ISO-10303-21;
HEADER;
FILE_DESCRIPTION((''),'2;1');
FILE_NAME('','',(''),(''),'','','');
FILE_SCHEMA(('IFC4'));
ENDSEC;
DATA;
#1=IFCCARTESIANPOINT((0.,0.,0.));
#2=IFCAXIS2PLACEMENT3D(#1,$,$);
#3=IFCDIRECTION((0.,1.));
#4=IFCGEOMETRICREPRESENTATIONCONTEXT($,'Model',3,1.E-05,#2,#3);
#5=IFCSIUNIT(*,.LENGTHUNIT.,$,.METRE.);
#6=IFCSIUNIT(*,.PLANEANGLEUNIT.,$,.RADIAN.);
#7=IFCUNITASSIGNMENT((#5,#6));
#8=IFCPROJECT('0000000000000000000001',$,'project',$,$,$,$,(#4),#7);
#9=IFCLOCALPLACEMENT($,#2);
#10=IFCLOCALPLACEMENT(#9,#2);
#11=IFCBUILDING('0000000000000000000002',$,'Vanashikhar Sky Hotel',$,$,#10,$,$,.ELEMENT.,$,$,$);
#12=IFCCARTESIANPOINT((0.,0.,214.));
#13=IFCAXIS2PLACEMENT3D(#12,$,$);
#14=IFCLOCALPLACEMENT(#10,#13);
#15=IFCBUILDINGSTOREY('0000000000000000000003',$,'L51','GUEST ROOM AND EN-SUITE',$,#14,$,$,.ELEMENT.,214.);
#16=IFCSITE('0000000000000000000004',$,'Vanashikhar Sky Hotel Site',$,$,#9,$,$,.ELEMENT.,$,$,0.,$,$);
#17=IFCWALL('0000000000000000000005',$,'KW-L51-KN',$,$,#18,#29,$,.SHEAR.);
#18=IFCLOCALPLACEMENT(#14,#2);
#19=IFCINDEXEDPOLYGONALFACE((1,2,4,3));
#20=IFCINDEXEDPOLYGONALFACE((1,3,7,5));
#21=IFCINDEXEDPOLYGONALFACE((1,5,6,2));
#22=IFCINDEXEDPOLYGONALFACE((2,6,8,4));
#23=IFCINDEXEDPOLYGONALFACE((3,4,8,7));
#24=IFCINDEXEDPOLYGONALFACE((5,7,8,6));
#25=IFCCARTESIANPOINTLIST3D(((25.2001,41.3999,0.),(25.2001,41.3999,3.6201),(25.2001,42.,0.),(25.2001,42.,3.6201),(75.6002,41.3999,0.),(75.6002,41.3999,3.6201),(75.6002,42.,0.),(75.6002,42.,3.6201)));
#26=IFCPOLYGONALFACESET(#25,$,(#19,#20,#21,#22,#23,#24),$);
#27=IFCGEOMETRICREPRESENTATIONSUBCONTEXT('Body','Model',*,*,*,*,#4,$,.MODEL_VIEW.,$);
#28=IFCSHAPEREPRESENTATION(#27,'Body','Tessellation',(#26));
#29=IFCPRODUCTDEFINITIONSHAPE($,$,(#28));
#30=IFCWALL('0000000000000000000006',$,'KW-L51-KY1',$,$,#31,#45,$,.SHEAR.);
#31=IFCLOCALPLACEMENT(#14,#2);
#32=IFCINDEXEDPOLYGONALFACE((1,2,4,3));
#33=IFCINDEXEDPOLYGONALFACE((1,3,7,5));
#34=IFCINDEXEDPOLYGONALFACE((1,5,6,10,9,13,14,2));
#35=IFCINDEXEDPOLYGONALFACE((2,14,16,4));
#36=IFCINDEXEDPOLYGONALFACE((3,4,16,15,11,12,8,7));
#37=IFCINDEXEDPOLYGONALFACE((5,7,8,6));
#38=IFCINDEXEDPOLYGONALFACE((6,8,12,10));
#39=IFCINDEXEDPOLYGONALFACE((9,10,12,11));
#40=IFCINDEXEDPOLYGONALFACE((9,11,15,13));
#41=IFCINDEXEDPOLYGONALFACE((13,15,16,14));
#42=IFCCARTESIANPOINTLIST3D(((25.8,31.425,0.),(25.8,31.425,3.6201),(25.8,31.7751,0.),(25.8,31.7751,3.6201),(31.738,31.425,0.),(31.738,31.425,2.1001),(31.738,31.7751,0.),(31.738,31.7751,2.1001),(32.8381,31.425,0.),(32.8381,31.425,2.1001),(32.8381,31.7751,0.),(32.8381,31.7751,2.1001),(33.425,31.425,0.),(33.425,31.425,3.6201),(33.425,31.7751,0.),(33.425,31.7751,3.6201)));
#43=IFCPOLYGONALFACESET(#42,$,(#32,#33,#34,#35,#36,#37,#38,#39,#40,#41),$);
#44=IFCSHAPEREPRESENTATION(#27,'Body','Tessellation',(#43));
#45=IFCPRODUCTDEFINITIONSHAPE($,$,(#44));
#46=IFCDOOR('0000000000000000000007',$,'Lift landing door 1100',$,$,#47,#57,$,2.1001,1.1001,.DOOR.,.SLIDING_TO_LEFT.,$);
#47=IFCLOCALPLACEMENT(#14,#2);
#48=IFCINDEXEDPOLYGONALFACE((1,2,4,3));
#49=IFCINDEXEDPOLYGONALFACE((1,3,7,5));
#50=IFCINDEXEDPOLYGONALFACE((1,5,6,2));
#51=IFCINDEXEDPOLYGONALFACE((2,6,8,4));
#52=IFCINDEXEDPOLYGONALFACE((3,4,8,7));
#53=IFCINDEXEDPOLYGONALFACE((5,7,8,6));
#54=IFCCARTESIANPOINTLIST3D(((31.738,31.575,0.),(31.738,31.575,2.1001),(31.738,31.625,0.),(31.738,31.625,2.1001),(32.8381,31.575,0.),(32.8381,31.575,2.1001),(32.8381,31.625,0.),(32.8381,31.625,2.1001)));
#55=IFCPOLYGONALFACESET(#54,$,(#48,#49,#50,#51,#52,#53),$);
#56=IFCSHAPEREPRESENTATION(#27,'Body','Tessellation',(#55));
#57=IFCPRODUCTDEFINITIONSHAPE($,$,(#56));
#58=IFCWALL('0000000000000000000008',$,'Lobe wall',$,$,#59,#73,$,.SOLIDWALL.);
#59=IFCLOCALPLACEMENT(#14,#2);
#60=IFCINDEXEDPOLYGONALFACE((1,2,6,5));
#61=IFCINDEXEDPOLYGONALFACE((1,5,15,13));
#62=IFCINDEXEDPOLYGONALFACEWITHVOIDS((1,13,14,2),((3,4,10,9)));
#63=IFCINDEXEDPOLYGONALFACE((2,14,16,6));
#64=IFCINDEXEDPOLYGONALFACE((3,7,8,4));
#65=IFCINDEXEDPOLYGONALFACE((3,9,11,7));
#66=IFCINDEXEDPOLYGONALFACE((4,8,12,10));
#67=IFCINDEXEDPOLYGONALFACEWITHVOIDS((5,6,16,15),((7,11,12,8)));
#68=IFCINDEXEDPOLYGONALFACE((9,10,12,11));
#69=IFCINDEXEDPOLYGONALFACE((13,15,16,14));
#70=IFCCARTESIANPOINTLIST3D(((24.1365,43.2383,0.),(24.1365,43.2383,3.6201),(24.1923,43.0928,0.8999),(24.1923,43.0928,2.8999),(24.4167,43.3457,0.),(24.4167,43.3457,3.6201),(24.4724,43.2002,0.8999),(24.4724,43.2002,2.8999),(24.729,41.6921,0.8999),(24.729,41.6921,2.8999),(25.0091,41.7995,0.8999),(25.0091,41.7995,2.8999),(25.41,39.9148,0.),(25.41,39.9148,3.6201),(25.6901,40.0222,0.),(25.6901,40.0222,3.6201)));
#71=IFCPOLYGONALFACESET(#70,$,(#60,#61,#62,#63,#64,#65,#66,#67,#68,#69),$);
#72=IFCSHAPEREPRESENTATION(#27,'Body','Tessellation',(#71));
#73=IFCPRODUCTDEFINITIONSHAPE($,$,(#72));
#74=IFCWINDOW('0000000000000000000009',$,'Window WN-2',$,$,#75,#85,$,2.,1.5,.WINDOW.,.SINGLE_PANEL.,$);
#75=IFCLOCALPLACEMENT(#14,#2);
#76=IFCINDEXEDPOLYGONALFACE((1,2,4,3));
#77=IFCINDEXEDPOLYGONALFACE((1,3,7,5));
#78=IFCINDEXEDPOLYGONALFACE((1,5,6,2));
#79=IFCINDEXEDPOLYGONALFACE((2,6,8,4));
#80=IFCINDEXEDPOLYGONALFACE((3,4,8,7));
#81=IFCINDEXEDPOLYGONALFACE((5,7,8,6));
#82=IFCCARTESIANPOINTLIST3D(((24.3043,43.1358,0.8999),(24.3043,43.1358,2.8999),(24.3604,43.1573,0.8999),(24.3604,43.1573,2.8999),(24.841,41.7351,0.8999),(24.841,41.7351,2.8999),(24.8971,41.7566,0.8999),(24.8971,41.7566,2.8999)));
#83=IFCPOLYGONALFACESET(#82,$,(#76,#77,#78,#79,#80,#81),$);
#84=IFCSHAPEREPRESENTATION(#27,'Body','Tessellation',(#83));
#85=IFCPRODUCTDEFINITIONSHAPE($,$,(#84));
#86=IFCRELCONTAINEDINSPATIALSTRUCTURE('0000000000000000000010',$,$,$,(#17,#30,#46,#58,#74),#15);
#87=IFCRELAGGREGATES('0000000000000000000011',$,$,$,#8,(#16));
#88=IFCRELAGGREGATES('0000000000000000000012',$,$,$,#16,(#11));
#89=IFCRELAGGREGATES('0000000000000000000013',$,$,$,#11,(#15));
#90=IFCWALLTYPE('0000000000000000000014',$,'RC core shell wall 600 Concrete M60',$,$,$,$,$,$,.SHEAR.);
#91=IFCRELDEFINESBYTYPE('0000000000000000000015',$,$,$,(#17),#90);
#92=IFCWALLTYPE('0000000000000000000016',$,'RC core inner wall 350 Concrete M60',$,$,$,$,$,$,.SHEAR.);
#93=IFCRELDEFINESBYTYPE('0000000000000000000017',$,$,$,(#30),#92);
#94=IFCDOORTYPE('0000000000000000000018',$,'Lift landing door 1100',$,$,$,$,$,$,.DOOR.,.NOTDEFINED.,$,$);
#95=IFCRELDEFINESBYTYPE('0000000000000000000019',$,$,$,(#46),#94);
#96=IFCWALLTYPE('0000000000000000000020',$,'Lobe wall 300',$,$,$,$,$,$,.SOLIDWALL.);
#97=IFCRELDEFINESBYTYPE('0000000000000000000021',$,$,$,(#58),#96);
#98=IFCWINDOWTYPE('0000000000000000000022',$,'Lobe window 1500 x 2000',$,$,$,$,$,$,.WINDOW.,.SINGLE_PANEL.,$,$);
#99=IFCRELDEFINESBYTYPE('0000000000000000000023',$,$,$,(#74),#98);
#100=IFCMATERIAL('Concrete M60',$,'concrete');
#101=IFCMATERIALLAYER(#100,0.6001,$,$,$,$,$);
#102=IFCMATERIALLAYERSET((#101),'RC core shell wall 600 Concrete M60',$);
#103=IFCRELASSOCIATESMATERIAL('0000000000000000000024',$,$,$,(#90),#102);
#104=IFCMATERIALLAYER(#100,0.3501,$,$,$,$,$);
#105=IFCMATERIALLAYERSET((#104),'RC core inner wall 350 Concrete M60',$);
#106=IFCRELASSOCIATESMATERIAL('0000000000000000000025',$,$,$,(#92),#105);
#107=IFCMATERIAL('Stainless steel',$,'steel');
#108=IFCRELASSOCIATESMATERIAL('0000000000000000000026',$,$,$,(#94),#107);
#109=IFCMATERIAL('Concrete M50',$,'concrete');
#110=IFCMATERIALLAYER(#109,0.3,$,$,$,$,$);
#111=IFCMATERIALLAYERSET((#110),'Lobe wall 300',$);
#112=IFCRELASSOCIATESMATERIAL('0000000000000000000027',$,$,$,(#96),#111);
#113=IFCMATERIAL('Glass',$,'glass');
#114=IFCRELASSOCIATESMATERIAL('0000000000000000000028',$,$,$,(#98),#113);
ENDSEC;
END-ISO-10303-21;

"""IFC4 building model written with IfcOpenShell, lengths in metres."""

from ifc_helpers import new_model, si_unit, direction, frame, frame_2d, origin, place, context, subcontext, project, spatial, rectangle, extrude, source, transform, mapped, material, layer, layer_set, type_object, element, fill, save


model = new_model("IFC4")

# Units and contexts
model_context = context("Model", 3, precision=1e-05, world=origin(), true_north=direction((0.0, 1.0)))
body_context = subcontext(model_context, "Body", "Model", "MODEL_VIEW")
ifc_project = project(units=[si_unit("LENGTHUNIT", "METRE"), si_unit("PLANEANGLEUNIT", "RADIAN")], contexts=[model_context])

# Site, building, storey
site_placement = place(None, origin())
site = spatial("IfcSite", under=ifc_project, at=site_placement, Name="Vanashikhar Sky Hotel Site", CompositionType="ELEMENT", RefElevation=0.0)
building_placement = place(site_placement, origin())
building = spatial("IfcBuilding", under=site, at=building_placement, Name="Vanashikhar Sky Hotel", CompositionType="ELEMENT")
storey_placement = place(building_placement, frame((0.0, 0.0, 214.0)))
storey = spatial("IfcBuildingStorey", under=building, at=storey_placement, Name="L51", Description="GUEST ROOM AND EN-SUITE", CompositionType="ELEMENT", Elevation=214.0)

# Wall
ifc_material_1 = material(Name="Concrete M60", Category="concrete")
ifc_layer_1 = layer(ifc_material_1, 0.6001)
ifc_layer_set_1 = layer_set([ifc_layer_1], Name="RC core shell wall 600 Concrete M60")
wall_type_1 = type_object("IfcWallType", Name="RC core shell wall 600 Concrete M60", PredefinedType="SHEAR", material=ifc_layer_set_1)
shared_shape_1 = source(origin(), body_context, "Body", "SweptSolid", [
    extrude(rectangle(XDim=50.4001, YDim=0.6001, at=frame_2d((25.2002, 0.0))), origin(), (0.0, 0.0, 1.0), 3.6201),
])
wall_1_placement = place(storey_placement, frame((25.2, 41.7, 0.0), z_axis=(0.0, 0.0, 1.0), x_axis=(1.0, 0.0, 0.0)))
element("IfcWall", 1, at=wall_1_placement, inside=storey, type_object=wall_type_1, Name="KW-L51-KN", PredefinedType="SHEAR", context=body_context, shape_type="MappedRepresentation", body=[
    mapped(shared_shape_1, transform((0.0, 0.0, 0.0), scale=1.0)),
])

# Wall, opening, door
ifc_layer_2 = layer(ifc_material_1, 0.3501)
ifc_layer_set_2 = layer_set([ifc_layer_2], Name="RC core inner wall 350 Concrete M60")
wall_type_2 = type_object("IfcWallType", Name="RC core inner wall 350 Concrete M60", PredefinedType="SHEAR", material=ifc_layer_set_2)
shared_shape_2 = source(origin(), body_context, "Body", "SweptSolid", [
    extrude(rectangle(XDim=7.625, YDim=0.3501, at=frame_2d((3.8125, 0.0))), origin(), (0.0, 0.0, 1.0), 3.6201),
])
wall_2_placement = place(storey_placement, frame((25.8, 31.6001, 0.0), z_axis=(0.0, 0.0, 1.0), x_axis=(1.0, 0.0, 0.0)))
wall_2 = element("IfcWall", 2, at=wall_2_placement, inside=storey, type_object=wall_type_2, Name="KW-L51-KY1", PredefinedType="SHEAR", context=body_context, shape_type="MappedRepresentation", body=[
    mapped(shared_shape_2, transform((0.0, 0.0, 0.0), scale=1.0)),
])
shared_shape_3 = source(origin(), body_context, "Body", "SweptSolid", [
    extrude(rectangle(XDim=1.1001, YDim=2.1001, at=frame_2d((0.55, 1.05))), frame((0.0, 0.1851, 0.0), z_axis=(0.0, -1.0, 0.0), x_axis=(1.0, 0.0, 0.0)), (0.0, 0.0, 1.0), 0.3701),
])
opening_1_placement = place(wall_2_placement, frame((5.938, 0.0, 0.0)))
opening_1 = element("IfcOpeningElement", 3, at=opening_1_placement, cuts=wall_2, PredefinedType="OPENING", context=body_context, shape_type="MappedRepresentation", body=[
    mapped(shared_shape_3, transform((0.0, 0.0, 0.0), scale=1.0)),
])
ifc_material_2 = material(Name="Stainless steel", Category="steel")
door_type_1 = type_object("IfcDoorType", Name="Lift landing door 1100", OperationType="NOTDEFINED", PredefinedType="DOOR", material=ifc_material_2)
shared_shape_4 = source(origin(), body_context, "Body", "SweptSolid", [
    extrude(rectangle(XDim=1.1001, YDim=2.1001, at=frame_2d((0.55, 1.05))), frame((0.0, 0.0249, 0.0), z_axis=(0.0, -1.0, 0.0), x_axis=(1.0, 0.0, 0.0)), (0.0, 0.0, 1.0), 0.05),
])
door_1_placement = place(opening_1_placement, origin())
door_1 = element("IfcDoor", 4, at=door_1_placement, inside=storey, type_object=door_type_1, Name="Lift landing door 1100", OperationType="SLIDING_TO_LEFT", OverallHeight=2.1001, OverallWidth=1.1001, PredefinedType="DOOR", context=body_context, shape_type="MappedRepresentation", body=[
    mapped(shared_shape_4, transform((0.0, 0.0, 0.0), scale=1.0)),
])
fill(opening_1, door_1)

# Wall, opening, window
ifc_material_3 = material(Name="Concrete M50", Category="concrete")
ifc_layer_3 = layer(ifc_material_3, 0.3)
ifc_layer_set_3 = layer_set([ifc_layer_3], Name="Lobe wall 300")
wall_type_3 = type_object("IfcWallType", Name="Lobe wall 300", PredefinedType="SOLIDWALL", material=ifc_layer_set_3)
shared_shape_5 = source(origin(), body_context, "Body", "SweptSolid", [
    extrude(rectangle(XDim=3.5591, YDim=0.3, at=frame_2d((1.7795, 0.0))), origin(), (0.0, 0.0, 1.0), 3.6201),
])
wall_3_placement = place(storey_placement, frame((25.55, 39.9685, 0.0), z_axis=(0.0, 0.0, 1.0), x_axis=(-0.357797, 0.933799, 0.0)))
wall_3 = element("IfcWall", 5, at=wall_3_placement, inside=storey, type_object=wall_type_3, Name="Lobe wall", PredefinedType="SOLIDWALL", context=body_context, shape_type="MappedRepresentation", body=[
    mapped(shared_shape_5, transform((0.0, 0.0, 0.0), scale=1.0)),
])
shared_shape_6 = source(origin(), body_context, "Body", "SweptSolid", [
    extrude(rectangle(XDim=1.5, YDim=2.0, at=frame_2d((0.75, 1.0))), frame((0.0, 0.1602, 0.0), z_axis=(0.0, -1.0, 0.0), x_axis=(1.0, 0.0, 0.0)), (0.0, 0.0, 1.0), 0.3201),
])
opening_2_placement = place(wall_3_placement, frame((1.9033, 0.0, 0.8999)))
opening_2 = element("IfcOpeningElement", 6, at=opening_2_placement, cuts=wall_3, PredefinedType="OPENING", context=body_context, shape_type="MappedRepresentation", body=[
    mapped(shared_shape_6, transform((0.0, 0.0, 0.0), scale=1.0)),
])
ifc_material_4 = material(Name="Glass", Category="glass")
window_type_1 = type_object("IfcWindowType", Name="Lobe window 1500 x 2000", PartitioningType="SINGLE_PANEL", PredefinedType="WINDOW", material=ifc_material_4)
shared_shape_7 = source(origin(), body_context, "Body", "SweptSolid", [
    extrude(rectangle(XDim=1.5, YDim=2.0, at=frame_2d((0.75, 1.0))), frame((0.0, 0.03, 0.0), z_axis=(0.0, -1.0, 0.0), x_axis=(1.0, 0.0, 0.0)), (0.0, 0.0, 1.0), 0.0601),
])
window_1_placement = place(opening_2_placement, origin())
window_1 = element("IfcWindow", 7, at=window_1_placement, inside=storey, type_object=window_type_1, Name="Window WN-2", OverallHeight=2.0, OverallWidth=1.5, PartitioningType="SINGLE_PANEL", PredefinedType="WINDOW", context=body_context, shape_type="MappedRepresentation", body=[
    mapped(shared_shape_7, transform((0.0, 0.0, 0.0), scale=1.0)),
])
fill(opening_2, window_1)

save(model, "model.ifc")
